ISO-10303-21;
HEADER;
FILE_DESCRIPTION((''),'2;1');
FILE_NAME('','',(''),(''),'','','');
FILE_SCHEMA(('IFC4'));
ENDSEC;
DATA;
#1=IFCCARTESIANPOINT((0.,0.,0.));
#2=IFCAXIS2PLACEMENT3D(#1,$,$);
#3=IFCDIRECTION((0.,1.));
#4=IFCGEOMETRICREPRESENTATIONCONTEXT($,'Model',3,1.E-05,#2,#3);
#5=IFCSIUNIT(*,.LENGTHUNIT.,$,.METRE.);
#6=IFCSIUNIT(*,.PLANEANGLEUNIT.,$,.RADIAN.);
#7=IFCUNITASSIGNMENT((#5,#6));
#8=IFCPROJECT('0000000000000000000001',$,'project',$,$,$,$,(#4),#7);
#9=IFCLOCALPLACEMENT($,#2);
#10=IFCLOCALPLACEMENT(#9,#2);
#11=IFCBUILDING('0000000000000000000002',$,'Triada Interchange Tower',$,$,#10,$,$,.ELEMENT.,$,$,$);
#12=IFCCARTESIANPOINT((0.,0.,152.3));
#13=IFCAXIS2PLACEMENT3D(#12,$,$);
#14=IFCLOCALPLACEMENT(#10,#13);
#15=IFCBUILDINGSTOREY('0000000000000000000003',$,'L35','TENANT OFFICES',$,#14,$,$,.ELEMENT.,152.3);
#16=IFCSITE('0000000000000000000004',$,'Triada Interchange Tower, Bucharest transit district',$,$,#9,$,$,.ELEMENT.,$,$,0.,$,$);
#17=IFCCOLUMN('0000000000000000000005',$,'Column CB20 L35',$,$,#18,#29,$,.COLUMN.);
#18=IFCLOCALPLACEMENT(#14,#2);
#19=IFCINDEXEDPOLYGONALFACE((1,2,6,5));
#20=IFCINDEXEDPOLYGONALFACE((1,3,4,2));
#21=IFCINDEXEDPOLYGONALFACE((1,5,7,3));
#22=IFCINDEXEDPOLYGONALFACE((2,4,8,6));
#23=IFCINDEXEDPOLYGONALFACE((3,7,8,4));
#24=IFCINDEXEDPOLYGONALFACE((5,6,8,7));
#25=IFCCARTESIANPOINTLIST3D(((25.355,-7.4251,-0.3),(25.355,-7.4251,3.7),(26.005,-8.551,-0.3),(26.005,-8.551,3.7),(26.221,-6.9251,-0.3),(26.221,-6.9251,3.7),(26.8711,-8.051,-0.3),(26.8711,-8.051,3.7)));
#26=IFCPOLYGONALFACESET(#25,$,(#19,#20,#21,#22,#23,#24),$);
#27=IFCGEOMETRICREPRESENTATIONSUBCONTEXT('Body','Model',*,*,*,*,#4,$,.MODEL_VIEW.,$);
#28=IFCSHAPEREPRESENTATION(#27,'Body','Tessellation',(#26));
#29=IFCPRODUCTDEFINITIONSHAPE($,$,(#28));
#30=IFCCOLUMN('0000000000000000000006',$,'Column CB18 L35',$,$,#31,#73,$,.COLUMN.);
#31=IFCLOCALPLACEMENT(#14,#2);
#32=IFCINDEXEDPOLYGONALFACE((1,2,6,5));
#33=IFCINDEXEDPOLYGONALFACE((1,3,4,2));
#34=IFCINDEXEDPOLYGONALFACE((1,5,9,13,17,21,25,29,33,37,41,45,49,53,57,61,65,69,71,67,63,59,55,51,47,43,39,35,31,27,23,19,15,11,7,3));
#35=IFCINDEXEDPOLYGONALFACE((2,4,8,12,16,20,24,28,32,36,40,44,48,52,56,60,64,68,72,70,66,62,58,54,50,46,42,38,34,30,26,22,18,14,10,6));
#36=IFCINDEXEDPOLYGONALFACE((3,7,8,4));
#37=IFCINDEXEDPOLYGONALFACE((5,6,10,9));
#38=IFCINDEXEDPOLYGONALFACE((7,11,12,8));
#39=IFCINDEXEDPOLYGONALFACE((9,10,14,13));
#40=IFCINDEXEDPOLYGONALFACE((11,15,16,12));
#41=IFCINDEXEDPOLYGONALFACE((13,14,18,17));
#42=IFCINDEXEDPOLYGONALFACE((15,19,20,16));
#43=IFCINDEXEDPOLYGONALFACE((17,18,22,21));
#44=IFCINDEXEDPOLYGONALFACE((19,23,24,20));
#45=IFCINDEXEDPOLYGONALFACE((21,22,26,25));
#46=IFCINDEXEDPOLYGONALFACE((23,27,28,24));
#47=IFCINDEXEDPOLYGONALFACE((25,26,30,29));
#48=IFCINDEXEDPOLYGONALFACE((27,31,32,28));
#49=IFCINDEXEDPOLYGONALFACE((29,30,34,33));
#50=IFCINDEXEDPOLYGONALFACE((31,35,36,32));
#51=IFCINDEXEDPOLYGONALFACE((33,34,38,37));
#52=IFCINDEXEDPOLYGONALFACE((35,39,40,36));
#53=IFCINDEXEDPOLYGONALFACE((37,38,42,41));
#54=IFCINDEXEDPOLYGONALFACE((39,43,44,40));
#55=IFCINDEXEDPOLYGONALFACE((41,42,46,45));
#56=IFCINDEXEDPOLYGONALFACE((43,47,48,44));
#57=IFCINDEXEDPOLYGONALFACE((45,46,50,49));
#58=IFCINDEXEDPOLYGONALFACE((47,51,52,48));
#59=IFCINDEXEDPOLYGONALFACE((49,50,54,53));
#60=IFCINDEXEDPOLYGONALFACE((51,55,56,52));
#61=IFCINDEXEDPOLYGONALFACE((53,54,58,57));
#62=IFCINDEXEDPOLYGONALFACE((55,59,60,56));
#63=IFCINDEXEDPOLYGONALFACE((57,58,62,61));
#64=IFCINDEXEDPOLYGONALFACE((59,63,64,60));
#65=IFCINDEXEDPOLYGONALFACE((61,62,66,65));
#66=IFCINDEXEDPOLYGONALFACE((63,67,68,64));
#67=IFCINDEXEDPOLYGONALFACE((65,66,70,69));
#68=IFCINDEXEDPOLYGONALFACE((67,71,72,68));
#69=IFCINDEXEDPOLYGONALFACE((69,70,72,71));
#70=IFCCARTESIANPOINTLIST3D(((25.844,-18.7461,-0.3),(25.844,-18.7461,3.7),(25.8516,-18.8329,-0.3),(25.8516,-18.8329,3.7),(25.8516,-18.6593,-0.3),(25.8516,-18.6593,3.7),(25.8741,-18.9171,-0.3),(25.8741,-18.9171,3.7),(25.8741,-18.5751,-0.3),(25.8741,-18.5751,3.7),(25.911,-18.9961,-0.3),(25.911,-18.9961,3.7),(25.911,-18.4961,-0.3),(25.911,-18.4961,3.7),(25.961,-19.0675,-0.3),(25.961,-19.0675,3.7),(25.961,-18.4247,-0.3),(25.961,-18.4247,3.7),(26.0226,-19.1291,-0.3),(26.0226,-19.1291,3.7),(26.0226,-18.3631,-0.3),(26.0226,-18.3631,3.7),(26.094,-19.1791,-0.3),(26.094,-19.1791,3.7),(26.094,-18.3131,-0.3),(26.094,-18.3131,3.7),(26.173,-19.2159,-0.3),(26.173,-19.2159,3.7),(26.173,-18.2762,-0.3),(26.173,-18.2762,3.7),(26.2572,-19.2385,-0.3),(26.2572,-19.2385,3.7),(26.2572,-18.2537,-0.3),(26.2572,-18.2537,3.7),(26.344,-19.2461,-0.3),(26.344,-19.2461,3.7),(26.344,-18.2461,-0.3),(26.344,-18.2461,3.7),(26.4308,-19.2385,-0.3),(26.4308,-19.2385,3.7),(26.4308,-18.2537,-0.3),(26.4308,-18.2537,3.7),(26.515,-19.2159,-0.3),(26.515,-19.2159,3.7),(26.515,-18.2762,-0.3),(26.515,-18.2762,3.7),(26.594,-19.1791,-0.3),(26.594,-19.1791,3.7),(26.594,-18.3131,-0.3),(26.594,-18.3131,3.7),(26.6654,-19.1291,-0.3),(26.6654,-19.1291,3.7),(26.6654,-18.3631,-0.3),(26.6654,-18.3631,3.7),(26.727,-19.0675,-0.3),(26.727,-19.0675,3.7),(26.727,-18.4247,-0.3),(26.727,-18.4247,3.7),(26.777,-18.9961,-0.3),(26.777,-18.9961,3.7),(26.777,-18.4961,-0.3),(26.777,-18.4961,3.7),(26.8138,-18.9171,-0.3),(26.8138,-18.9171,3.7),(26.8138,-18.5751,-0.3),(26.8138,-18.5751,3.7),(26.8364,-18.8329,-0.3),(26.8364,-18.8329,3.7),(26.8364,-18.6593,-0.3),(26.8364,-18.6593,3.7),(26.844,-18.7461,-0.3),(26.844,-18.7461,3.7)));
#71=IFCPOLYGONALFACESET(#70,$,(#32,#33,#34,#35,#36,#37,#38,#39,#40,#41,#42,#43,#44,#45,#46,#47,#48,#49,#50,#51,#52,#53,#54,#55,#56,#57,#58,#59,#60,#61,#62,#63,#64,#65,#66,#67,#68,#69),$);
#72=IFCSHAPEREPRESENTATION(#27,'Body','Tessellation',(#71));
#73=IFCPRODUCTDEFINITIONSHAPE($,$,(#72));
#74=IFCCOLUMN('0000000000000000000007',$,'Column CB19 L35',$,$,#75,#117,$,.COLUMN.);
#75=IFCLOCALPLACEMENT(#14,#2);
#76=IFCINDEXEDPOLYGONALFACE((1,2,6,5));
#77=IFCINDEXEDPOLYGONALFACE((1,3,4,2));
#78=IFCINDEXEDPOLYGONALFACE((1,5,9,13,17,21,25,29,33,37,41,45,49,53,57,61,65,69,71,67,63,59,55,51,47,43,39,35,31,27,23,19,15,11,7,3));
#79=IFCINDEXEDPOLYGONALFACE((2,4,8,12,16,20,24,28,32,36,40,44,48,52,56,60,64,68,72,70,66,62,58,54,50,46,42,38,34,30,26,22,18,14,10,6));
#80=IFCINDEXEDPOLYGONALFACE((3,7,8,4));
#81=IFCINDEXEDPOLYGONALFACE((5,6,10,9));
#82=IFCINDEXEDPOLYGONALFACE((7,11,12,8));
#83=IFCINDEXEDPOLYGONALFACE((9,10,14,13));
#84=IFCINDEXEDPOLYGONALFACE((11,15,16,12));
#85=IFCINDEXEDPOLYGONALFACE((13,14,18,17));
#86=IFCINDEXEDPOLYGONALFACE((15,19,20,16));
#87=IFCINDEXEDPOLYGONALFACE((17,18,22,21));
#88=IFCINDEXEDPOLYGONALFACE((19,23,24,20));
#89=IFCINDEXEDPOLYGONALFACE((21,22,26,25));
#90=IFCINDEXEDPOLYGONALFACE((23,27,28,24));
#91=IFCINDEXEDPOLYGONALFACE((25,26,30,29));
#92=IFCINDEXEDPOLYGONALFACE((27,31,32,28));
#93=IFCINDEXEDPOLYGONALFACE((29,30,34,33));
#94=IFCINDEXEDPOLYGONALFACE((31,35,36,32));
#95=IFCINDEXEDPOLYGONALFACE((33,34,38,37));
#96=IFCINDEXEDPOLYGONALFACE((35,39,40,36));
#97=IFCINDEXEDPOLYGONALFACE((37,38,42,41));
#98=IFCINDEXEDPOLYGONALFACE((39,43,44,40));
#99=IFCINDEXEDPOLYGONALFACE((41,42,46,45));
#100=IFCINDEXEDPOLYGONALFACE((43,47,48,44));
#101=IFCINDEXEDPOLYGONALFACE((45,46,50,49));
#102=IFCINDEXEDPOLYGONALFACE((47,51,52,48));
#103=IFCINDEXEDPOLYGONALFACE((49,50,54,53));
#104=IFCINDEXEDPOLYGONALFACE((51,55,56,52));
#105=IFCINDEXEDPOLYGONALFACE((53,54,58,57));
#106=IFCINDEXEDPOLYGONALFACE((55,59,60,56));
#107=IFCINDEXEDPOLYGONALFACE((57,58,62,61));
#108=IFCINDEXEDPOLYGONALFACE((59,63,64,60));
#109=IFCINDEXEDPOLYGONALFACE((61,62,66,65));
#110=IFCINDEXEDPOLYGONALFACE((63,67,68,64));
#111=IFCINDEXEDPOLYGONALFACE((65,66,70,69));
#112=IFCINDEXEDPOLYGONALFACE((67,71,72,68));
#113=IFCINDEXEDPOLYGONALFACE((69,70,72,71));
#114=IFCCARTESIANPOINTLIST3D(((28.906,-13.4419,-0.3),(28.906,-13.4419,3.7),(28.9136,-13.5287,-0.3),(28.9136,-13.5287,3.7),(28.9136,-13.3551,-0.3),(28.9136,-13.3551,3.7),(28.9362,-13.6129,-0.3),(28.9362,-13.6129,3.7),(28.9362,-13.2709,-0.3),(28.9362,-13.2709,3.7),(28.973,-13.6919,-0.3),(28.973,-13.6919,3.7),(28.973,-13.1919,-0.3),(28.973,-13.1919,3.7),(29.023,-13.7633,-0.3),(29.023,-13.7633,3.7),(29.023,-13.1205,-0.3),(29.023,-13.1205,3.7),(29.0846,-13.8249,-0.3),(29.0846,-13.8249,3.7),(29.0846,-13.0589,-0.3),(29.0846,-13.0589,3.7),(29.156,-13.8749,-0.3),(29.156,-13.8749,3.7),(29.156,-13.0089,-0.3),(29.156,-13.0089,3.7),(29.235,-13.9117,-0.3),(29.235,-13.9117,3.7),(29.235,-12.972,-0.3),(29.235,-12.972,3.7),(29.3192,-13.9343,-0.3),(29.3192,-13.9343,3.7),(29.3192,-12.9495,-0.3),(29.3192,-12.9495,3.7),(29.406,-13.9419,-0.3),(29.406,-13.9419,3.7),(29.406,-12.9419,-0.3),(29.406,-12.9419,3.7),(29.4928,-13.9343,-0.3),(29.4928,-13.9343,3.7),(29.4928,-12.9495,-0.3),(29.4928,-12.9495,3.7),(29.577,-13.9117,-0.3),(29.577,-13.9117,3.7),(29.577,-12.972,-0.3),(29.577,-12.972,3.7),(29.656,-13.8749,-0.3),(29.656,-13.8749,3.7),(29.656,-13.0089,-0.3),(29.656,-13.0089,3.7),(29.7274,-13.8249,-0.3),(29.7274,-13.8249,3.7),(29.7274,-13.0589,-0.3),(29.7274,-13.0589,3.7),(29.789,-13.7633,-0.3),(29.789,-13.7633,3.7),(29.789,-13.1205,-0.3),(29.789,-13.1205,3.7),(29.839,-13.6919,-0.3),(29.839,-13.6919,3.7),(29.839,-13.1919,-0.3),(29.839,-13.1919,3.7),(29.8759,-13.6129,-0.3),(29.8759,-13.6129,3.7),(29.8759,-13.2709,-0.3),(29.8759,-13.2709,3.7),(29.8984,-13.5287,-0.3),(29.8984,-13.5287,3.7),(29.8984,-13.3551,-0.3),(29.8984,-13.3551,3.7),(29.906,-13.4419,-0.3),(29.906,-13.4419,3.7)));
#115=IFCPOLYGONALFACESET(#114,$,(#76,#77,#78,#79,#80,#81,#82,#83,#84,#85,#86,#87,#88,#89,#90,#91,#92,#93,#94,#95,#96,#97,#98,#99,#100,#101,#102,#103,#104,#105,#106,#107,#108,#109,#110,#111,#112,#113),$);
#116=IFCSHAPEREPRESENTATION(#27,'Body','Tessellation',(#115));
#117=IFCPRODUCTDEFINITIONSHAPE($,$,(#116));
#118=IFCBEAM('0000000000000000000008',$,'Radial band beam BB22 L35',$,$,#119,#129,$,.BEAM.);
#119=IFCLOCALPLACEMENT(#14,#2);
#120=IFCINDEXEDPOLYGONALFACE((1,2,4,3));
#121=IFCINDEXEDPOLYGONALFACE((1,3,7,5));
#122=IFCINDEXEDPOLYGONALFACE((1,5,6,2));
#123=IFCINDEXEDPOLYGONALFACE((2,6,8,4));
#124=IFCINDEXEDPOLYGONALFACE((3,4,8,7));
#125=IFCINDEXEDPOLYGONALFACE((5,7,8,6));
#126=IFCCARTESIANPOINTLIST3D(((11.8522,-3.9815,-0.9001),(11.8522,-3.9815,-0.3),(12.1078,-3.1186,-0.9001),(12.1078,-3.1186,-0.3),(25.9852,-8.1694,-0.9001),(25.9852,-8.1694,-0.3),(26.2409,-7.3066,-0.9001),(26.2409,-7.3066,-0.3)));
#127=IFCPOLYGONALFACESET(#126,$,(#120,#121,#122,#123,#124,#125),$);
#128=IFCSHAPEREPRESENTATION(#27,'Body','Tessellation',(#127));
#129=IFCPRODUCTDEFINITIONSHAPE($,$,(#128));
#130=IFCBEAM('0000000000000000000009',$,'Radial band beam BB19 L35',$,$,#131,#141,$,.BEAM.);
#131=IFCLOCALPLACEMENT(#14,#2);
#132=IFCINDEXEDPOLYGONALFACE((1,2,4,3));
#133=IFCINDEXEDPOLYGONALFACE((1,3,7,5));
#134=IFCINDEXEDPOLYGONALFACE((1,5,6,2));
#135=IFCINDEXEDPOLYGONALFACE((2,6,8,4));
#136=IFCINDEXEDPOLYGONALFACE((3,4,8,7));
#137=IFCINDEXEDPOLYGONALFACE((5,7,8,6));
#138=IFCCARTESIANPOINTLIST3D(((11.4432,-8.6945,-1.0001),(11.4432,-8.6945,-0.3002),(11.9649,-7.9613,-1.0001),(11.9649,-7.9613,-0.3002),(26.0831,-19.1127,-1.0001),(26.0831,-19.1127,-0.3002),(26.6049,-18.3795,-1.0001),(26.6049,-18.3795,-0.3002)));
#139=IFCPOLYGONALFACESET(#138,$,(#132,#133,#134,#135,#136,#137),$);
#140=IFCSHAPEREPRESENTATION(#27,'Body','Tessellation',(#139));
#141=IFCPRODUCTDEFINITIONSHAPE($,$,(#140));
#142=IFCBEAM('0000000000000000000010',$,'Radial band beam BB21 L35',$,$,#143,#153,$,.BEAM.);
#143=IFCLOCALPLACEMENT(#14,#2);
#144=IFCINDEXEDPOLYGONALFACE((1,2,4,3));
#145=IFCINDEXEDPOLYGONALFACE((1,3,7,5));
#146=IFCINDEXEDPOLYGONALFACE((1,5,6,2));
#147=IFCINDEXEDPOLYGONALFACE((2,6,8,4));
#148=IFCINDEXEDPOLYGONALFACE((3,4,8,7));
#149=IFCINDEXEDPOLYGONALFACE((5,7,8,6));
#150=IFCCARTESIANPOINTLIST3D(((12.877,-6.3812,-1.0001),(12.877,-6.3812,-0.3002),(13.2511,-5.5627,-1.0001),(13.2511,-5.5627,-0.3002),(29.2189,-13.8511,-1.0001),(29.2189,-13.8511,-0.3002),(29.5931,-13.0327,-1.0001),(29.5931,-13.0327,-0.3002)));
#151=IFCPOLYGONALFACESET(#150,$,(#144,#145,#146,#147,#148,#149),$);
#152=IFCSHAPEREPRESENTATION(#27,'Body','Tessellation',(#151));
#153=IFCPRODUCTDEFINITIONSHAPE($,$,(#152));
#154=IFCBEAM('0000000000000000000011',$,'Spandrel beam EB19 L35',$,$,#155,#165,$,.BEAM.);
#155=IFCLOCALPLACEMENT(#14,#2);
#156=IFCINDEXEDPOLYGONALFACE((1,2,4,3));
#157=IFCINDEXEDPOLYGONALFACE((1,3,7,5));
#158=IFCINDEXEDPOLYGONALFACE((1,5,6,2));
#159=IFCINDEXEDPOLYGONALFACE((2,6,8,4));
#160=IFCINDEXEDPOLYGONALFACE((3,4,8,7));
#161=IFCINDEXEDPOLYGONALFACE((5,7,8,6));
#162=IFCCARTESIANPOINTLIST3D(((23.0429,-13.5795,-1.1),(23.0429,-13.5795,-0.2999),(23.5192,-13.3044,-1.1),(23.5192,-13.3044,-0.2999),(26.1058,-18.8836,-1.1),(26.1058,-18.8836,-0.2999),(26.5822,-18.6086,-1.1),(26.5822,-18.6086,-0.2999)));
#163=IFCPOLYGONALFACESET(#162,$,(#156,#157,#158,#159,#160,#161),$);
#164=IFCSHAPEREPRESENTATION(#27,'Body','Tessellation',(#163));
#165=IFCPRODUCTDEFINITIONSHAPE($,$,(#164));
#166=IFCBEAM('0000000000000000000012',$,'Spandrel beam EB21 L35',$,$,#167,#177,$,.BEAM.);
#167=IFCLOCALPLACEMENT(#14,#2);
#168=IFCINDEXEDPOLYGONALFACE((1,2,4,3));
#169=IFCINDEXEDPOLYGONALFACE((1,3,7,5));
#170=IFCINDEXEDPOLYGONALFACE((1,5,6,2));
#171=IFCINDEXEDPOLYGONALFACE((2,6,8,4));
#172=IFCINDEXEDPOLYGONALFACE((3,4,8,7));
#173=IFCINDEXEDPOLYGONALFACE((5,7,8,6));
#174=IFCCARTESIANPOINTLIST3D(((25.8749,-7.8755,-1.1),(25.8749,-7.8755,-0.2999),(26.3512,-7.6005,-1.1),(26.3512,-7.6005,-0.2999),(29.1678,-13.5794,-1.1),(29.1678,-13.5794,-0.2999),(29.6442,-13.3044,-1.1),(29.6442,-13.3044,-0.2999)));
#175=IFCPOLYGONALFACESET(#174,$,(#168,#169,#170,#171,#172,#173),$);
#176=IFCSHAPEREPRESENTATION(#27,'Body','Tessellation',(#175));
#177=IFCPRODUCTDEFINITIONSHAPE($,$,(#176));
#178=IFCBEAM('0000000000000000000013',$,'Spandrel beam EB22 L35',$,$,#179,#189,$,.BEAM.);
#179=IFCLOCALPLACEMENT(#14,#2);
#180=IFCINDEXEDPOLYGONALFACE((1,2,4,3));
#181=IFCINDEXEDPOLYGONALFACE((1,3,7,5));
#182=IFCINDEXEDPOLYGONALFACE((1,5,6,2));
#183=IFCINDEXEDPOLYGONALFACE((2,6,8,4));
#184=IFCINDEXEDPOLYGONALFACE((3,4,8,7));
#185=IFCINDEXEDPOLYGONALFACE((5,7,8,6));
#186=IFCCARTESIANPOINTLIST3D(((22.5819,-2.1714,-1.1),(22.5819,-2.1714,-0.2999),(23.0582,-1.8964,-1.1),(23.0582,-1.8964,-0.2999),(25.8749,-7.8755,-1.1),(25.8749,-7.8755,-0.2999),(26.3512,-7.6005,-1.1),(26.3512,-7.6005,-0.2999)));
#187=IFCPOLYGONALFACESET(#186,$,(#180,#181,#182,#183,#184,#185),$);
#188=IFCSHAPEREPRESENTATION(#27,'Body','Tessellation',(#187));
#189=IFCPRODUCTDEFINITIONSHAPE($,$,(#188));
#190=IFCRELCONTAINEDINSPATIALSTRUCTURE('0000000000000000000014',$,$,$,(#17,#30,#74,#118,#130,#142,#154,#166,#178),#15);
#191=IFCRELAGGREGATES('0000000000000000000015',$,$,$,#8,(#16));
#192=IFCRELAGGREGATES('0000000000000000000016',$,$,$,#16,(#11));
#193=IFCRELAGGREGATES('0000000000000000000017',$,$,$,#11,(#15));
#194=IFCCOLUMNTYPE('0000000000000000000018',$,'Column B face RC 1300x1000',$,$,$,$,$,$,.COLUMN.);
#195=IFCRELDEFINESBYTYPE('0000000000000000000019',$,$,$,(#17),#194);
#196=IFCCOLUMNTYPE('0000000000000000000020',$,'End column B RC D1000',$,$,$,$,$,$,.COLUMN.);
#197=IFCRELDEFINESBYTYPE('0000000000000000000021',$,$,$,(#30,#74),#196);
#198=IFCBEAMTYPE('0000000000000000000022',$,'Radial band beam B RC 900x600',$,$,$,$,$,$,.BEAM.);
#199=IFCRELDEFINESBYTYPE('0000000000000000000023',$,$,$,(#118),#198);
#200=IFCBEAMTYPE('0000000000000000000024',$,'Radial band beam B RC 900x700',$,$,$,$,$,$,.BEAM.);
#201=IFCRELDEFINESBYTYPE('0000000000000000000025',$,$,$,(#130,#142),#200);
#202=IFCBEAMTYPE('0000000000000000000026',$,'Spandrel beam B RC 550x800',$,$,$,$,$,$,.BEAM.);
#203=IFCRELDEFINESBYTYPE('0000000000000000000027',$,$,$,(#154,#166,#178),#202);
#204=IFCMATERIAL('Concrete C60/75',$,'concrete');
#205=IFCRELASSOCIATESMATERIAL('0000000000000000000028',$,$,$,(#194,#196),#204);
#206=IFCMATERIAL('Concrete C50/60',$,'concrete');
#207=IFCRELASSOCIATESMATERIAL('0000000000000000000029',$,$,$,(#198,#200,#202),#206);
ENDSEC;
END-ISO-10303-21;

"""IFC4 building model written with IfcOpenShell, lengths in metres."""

from ifc_helpers import new_model, si_unit, direction, frame, origin, origin_2d, place, context, subcontext, project, spatial, rectangle, circle, extrude, material, material_profile, profile_set, type_object, element, save


model = new_model("IFC4")

# Units and contexts
model_context = context("Model", 3, precision=1e-05, world=origin(), true_north=direction((0.0, 1.0)))
body_context = subcontext(model_context, "Body", "Model", "MODEL_VIEW")
ifc_project = project(units=[si_unit("LENGTHUNIT", "METRE"), si_unit("PLANEANGLEUNIT", "RADIAN")], contexts=[model_context])

# Site, building, storey
site_placement = place(None, origin())
site = spatial("IfcSite", under=ifc_project, at=site_placement, Name="Triada Interchange Tower, Bucharest transit district", CompositionType="ELEMENT", RefElevation=0.0)
building_placement = place(site_placement, origin())
building = spatial("IfcBuilding", under=site, at=building_placement, Name="Triada Interchange Tower", CompositionType="ELEMENT")
storey_placement = place(building_placement, frame((0.0, 0.0, 152.3)))
storey = spatial("IfcBuildingStorey", under=building, at=storey_placement, Name="L35", Description="TENANT OFFICES", CompositionType="ELEMENT", Elevation=152.3)

# Columns
ifc_material_1 = material(Name="Concrete C60/75", Category="concrete")
ifc_material_profile_1 = material_profile(ifc_material_1, rectangle(XDim=1.3, YDim=1.0, at=origin_2d()), Name="RC 1300x1000")
ifc_profile_set_1 = profile_set([ifc_material_profile_1], Name="Concrete C60/75")
column_type_1 = type_object("IfcColumnType", Name="Column B face RC 1300x1000", PredefinedType="COLUMN", material=ifc_profile_set_1)
column_placement = place(storey_placement, frame((26.113, -7.738, -0.3), z_axis=(0.0, 0.0, 1.0), x_axis=(-0.5, 0.866025, 0.0)))
element("IfcColumn", 1, at=column_placement, inside=storey, type_object=column_type_1, Name="Column CB20 L35", PredefinedType="COLUMN", context=body_context, shape_type="SweptSolid", body=[
    extrude(rectangle(XDim=1.3, YDim=1.0, at=origin_2d()), origin(), (0.0, 0.0, 1.0), 4.0),
])
ifc_material_profile_2 = material_profile(ifc_material_1, circle(Radius=0.5, at=origin_2d()), Name="RC D1000")
ifc_profile_set_2 = profile_set([ifc_material_profile_2], Name="Concrete C60/75")
column_type_2 = type_object("IfcColumnType", Name="End column B RC D1000", PredefinedType="COLUMN", material=ifc_profile_set_2)
for number, where, z_axis, x_axis, name in (
    (2, (26.344, -18.7461, -0.3), (0.0, 0.0, 1.0), (1.0, 0.0, 0.0), "Column CB18 L35"),
    (3, (29.406, -13.4419, -0.3), (0.0, 0.0, 1.0), (-0.5, 0.866025, 0.0), "Column CB19 L35"),
):
    element("IfcColumn", number, at=place(storey_placement, frame(where, z_axis=z_axis, x_axis=x_axis)), inside=storey, type_object=column_type_2, Name=name, PredefinedType="COLUMN", context=body_context, shape_type="SweptSolid", body=[
        extrude(circle(Radius=0.5, at=origin_2d()), origin(), (0.0, 0.0, 1.0), 4.0),
    ])

# Beams
ifc_material_2 = material(Name="Concrete C50/60", Category="concrete")
ifc_material_profile_3 = material_profile(ifc_material_2, rectangle(XDim=0.8999, YDim=0.6001, at=origin_2d()), Name="RC 900x600")
ifc_profile_set_3 = profile_set([ifc_material_profile_3], Name="Concrete C50/60")
beam_type_1 = type_object("IfcBeamType", Name="Radial band beam B RC 900x600", PredefinedType="BEAM", material=ifc_profile_set_3)
beam_1_placement = place(storey_placement, frame((26.113, -7.738, -0.6001), z_axis=(-0.95879, 0.284114, 0.0), x_axis=(-0.284114, -0.95879, 0.0)))
element("IfcBeam", 4, at=beam_1_placement, inside=storey, type_object=beam_type_1, Name="Radial band beam BB22 L35", PredefinedType="BEAM", context=body_context, shape_type="SweptSolid", body=[
    extrude(rectangle(XDim=0.8999, YDim=0.6001, at=origin_2d()), origin(), (0.0, 0.0, 1.0), 14.7405),
])
ifc_material_profile_4 = material_profile(ifc_material_2, rectangle(XDim=0.8999, YDim=0.7, at=origin_2d()), Name="RC 900x700")
ifc_profile_set_4 = profile_set([ifc_material_profile_4], Name="Concrete C50/60")
beam_type_2 = type_object("IfcBeamType", Name="Radial band beam B RC 900x700", PredefinedType="BEAM", material=ifc_profile_set_4)
beam_2_placement = place(storey_placement, frame((26.344, -18.7461, -0.6501), z_axis=(-0.814755, 0.579805, 0.0), x_axis=(-0.579805, -0.814755, 0.0)))
element("IfcBeam", 5, at=beam_2_placement, inside=storey, type_object=beam_type_2, Name="Radial band beam BB19 L35", PredefinedType="BEAM", context=body_context, shape_type="SweptSolid", body=[
    extrude(rectangle(XDim=0.8999, YDim=0.7, at=origin_2d()), origin(), (0.0, 0.0, 1.0), 17.9685),
])
beam_3_placement = place(storey_placement, frame((29.406, -13.4419, -0.6501), z_axis=(-0.909489, 0.415729, 0.0), x_axis=(-0.415729, -0.909489, 0.0)))
element("IfcBeam", 6, at=beam_3_placement, inside=storey, type_object=beam_type_2, Name="Radial band beam BB21 L35", PredefinedType="BEAM", context=body_context, shape_type="SweptSolid", body=[
    extrude(rectangle(XDim=0.8999, YDim=0.7, at=origin_2d()), origin(), (0.0, 0.0, 1.0), 17.9683),
])
ifc_material_profile_5 = material_profile(ifc_material_2, rectangle(XDim=0.55, YDim=0.8, at=origin_2d()), Name="RC 550x800")
ifc_profile_set_5 = profile_set([ifc_material_profile_5], Name="Concrete C50/60")
beam_type_3 = type_object("IfcBeamType", Name="Spandrel beam B RC 550x800", PredefinedType="BEAM", material=ifc_profile_set_5)
beam_4_placement = place(storey_placement, frame((26.344, -18.7461, -0.7), z_axis=(-0.500074, 0.865982, 0.0), x_axis=(-0.865982, -0.500074, 0.0)))
element("IfcBeam", 7, at=beam_4_placement, inside=storey, type_object=beam_type_3, Name="Spandrel beam EB19 L35", PredefinedType="BEAM", context=body_context, shape_type="SweptSolid", body=[
    extrude(rectangle(XDim=0.55, YDim=0.8, at=origin_2d()), origin(), (0.0, 0.0, 1.0), 6.125),
])
beam_5_placement = place(storey_placement, frame((29.406, -13.4419, -0.7), z_axis=(-0.499982, 0.866036, 0.0), x_axis=(-0.866036, -0.499982, 0.0)))
element("IfcBeam", 8, at=beam_5_placement, inside=storey, type_object=beam_type_3, Name="Spandrel beam EB21 L35", PredefinedType="BEAM", context=body_context, shape_type="SweptSolid", body=[
    extrude(rectangle(XDim=0.55, YDim=0.8, at=origin_2d()), origin(), (0.0, 0.0, 1.0), 6.5862),
])
beam_6_placement = place(storey_placement, frame((26.113, -7.738, -0.7), z_axis=(-0.499966, 0.866045, 0.0), x_axis=(-0.866045, -0.499966, 0.0)))
element("IfcBeam", 9, at=beam_6_placement, inside=storey, type_object=beam_type_3, Name="Spandrel beam EB22 L35", PredefinedType="BEAM", context=body_context, shape_type="SweptSolid", body=[
    extrude(rectangle(XDim=0.55, YDim=0.8, at=origin_2d()), origin(), (0.0, 0.0, 1.0), 6.5864),
])

save(model, "model.ifc")
